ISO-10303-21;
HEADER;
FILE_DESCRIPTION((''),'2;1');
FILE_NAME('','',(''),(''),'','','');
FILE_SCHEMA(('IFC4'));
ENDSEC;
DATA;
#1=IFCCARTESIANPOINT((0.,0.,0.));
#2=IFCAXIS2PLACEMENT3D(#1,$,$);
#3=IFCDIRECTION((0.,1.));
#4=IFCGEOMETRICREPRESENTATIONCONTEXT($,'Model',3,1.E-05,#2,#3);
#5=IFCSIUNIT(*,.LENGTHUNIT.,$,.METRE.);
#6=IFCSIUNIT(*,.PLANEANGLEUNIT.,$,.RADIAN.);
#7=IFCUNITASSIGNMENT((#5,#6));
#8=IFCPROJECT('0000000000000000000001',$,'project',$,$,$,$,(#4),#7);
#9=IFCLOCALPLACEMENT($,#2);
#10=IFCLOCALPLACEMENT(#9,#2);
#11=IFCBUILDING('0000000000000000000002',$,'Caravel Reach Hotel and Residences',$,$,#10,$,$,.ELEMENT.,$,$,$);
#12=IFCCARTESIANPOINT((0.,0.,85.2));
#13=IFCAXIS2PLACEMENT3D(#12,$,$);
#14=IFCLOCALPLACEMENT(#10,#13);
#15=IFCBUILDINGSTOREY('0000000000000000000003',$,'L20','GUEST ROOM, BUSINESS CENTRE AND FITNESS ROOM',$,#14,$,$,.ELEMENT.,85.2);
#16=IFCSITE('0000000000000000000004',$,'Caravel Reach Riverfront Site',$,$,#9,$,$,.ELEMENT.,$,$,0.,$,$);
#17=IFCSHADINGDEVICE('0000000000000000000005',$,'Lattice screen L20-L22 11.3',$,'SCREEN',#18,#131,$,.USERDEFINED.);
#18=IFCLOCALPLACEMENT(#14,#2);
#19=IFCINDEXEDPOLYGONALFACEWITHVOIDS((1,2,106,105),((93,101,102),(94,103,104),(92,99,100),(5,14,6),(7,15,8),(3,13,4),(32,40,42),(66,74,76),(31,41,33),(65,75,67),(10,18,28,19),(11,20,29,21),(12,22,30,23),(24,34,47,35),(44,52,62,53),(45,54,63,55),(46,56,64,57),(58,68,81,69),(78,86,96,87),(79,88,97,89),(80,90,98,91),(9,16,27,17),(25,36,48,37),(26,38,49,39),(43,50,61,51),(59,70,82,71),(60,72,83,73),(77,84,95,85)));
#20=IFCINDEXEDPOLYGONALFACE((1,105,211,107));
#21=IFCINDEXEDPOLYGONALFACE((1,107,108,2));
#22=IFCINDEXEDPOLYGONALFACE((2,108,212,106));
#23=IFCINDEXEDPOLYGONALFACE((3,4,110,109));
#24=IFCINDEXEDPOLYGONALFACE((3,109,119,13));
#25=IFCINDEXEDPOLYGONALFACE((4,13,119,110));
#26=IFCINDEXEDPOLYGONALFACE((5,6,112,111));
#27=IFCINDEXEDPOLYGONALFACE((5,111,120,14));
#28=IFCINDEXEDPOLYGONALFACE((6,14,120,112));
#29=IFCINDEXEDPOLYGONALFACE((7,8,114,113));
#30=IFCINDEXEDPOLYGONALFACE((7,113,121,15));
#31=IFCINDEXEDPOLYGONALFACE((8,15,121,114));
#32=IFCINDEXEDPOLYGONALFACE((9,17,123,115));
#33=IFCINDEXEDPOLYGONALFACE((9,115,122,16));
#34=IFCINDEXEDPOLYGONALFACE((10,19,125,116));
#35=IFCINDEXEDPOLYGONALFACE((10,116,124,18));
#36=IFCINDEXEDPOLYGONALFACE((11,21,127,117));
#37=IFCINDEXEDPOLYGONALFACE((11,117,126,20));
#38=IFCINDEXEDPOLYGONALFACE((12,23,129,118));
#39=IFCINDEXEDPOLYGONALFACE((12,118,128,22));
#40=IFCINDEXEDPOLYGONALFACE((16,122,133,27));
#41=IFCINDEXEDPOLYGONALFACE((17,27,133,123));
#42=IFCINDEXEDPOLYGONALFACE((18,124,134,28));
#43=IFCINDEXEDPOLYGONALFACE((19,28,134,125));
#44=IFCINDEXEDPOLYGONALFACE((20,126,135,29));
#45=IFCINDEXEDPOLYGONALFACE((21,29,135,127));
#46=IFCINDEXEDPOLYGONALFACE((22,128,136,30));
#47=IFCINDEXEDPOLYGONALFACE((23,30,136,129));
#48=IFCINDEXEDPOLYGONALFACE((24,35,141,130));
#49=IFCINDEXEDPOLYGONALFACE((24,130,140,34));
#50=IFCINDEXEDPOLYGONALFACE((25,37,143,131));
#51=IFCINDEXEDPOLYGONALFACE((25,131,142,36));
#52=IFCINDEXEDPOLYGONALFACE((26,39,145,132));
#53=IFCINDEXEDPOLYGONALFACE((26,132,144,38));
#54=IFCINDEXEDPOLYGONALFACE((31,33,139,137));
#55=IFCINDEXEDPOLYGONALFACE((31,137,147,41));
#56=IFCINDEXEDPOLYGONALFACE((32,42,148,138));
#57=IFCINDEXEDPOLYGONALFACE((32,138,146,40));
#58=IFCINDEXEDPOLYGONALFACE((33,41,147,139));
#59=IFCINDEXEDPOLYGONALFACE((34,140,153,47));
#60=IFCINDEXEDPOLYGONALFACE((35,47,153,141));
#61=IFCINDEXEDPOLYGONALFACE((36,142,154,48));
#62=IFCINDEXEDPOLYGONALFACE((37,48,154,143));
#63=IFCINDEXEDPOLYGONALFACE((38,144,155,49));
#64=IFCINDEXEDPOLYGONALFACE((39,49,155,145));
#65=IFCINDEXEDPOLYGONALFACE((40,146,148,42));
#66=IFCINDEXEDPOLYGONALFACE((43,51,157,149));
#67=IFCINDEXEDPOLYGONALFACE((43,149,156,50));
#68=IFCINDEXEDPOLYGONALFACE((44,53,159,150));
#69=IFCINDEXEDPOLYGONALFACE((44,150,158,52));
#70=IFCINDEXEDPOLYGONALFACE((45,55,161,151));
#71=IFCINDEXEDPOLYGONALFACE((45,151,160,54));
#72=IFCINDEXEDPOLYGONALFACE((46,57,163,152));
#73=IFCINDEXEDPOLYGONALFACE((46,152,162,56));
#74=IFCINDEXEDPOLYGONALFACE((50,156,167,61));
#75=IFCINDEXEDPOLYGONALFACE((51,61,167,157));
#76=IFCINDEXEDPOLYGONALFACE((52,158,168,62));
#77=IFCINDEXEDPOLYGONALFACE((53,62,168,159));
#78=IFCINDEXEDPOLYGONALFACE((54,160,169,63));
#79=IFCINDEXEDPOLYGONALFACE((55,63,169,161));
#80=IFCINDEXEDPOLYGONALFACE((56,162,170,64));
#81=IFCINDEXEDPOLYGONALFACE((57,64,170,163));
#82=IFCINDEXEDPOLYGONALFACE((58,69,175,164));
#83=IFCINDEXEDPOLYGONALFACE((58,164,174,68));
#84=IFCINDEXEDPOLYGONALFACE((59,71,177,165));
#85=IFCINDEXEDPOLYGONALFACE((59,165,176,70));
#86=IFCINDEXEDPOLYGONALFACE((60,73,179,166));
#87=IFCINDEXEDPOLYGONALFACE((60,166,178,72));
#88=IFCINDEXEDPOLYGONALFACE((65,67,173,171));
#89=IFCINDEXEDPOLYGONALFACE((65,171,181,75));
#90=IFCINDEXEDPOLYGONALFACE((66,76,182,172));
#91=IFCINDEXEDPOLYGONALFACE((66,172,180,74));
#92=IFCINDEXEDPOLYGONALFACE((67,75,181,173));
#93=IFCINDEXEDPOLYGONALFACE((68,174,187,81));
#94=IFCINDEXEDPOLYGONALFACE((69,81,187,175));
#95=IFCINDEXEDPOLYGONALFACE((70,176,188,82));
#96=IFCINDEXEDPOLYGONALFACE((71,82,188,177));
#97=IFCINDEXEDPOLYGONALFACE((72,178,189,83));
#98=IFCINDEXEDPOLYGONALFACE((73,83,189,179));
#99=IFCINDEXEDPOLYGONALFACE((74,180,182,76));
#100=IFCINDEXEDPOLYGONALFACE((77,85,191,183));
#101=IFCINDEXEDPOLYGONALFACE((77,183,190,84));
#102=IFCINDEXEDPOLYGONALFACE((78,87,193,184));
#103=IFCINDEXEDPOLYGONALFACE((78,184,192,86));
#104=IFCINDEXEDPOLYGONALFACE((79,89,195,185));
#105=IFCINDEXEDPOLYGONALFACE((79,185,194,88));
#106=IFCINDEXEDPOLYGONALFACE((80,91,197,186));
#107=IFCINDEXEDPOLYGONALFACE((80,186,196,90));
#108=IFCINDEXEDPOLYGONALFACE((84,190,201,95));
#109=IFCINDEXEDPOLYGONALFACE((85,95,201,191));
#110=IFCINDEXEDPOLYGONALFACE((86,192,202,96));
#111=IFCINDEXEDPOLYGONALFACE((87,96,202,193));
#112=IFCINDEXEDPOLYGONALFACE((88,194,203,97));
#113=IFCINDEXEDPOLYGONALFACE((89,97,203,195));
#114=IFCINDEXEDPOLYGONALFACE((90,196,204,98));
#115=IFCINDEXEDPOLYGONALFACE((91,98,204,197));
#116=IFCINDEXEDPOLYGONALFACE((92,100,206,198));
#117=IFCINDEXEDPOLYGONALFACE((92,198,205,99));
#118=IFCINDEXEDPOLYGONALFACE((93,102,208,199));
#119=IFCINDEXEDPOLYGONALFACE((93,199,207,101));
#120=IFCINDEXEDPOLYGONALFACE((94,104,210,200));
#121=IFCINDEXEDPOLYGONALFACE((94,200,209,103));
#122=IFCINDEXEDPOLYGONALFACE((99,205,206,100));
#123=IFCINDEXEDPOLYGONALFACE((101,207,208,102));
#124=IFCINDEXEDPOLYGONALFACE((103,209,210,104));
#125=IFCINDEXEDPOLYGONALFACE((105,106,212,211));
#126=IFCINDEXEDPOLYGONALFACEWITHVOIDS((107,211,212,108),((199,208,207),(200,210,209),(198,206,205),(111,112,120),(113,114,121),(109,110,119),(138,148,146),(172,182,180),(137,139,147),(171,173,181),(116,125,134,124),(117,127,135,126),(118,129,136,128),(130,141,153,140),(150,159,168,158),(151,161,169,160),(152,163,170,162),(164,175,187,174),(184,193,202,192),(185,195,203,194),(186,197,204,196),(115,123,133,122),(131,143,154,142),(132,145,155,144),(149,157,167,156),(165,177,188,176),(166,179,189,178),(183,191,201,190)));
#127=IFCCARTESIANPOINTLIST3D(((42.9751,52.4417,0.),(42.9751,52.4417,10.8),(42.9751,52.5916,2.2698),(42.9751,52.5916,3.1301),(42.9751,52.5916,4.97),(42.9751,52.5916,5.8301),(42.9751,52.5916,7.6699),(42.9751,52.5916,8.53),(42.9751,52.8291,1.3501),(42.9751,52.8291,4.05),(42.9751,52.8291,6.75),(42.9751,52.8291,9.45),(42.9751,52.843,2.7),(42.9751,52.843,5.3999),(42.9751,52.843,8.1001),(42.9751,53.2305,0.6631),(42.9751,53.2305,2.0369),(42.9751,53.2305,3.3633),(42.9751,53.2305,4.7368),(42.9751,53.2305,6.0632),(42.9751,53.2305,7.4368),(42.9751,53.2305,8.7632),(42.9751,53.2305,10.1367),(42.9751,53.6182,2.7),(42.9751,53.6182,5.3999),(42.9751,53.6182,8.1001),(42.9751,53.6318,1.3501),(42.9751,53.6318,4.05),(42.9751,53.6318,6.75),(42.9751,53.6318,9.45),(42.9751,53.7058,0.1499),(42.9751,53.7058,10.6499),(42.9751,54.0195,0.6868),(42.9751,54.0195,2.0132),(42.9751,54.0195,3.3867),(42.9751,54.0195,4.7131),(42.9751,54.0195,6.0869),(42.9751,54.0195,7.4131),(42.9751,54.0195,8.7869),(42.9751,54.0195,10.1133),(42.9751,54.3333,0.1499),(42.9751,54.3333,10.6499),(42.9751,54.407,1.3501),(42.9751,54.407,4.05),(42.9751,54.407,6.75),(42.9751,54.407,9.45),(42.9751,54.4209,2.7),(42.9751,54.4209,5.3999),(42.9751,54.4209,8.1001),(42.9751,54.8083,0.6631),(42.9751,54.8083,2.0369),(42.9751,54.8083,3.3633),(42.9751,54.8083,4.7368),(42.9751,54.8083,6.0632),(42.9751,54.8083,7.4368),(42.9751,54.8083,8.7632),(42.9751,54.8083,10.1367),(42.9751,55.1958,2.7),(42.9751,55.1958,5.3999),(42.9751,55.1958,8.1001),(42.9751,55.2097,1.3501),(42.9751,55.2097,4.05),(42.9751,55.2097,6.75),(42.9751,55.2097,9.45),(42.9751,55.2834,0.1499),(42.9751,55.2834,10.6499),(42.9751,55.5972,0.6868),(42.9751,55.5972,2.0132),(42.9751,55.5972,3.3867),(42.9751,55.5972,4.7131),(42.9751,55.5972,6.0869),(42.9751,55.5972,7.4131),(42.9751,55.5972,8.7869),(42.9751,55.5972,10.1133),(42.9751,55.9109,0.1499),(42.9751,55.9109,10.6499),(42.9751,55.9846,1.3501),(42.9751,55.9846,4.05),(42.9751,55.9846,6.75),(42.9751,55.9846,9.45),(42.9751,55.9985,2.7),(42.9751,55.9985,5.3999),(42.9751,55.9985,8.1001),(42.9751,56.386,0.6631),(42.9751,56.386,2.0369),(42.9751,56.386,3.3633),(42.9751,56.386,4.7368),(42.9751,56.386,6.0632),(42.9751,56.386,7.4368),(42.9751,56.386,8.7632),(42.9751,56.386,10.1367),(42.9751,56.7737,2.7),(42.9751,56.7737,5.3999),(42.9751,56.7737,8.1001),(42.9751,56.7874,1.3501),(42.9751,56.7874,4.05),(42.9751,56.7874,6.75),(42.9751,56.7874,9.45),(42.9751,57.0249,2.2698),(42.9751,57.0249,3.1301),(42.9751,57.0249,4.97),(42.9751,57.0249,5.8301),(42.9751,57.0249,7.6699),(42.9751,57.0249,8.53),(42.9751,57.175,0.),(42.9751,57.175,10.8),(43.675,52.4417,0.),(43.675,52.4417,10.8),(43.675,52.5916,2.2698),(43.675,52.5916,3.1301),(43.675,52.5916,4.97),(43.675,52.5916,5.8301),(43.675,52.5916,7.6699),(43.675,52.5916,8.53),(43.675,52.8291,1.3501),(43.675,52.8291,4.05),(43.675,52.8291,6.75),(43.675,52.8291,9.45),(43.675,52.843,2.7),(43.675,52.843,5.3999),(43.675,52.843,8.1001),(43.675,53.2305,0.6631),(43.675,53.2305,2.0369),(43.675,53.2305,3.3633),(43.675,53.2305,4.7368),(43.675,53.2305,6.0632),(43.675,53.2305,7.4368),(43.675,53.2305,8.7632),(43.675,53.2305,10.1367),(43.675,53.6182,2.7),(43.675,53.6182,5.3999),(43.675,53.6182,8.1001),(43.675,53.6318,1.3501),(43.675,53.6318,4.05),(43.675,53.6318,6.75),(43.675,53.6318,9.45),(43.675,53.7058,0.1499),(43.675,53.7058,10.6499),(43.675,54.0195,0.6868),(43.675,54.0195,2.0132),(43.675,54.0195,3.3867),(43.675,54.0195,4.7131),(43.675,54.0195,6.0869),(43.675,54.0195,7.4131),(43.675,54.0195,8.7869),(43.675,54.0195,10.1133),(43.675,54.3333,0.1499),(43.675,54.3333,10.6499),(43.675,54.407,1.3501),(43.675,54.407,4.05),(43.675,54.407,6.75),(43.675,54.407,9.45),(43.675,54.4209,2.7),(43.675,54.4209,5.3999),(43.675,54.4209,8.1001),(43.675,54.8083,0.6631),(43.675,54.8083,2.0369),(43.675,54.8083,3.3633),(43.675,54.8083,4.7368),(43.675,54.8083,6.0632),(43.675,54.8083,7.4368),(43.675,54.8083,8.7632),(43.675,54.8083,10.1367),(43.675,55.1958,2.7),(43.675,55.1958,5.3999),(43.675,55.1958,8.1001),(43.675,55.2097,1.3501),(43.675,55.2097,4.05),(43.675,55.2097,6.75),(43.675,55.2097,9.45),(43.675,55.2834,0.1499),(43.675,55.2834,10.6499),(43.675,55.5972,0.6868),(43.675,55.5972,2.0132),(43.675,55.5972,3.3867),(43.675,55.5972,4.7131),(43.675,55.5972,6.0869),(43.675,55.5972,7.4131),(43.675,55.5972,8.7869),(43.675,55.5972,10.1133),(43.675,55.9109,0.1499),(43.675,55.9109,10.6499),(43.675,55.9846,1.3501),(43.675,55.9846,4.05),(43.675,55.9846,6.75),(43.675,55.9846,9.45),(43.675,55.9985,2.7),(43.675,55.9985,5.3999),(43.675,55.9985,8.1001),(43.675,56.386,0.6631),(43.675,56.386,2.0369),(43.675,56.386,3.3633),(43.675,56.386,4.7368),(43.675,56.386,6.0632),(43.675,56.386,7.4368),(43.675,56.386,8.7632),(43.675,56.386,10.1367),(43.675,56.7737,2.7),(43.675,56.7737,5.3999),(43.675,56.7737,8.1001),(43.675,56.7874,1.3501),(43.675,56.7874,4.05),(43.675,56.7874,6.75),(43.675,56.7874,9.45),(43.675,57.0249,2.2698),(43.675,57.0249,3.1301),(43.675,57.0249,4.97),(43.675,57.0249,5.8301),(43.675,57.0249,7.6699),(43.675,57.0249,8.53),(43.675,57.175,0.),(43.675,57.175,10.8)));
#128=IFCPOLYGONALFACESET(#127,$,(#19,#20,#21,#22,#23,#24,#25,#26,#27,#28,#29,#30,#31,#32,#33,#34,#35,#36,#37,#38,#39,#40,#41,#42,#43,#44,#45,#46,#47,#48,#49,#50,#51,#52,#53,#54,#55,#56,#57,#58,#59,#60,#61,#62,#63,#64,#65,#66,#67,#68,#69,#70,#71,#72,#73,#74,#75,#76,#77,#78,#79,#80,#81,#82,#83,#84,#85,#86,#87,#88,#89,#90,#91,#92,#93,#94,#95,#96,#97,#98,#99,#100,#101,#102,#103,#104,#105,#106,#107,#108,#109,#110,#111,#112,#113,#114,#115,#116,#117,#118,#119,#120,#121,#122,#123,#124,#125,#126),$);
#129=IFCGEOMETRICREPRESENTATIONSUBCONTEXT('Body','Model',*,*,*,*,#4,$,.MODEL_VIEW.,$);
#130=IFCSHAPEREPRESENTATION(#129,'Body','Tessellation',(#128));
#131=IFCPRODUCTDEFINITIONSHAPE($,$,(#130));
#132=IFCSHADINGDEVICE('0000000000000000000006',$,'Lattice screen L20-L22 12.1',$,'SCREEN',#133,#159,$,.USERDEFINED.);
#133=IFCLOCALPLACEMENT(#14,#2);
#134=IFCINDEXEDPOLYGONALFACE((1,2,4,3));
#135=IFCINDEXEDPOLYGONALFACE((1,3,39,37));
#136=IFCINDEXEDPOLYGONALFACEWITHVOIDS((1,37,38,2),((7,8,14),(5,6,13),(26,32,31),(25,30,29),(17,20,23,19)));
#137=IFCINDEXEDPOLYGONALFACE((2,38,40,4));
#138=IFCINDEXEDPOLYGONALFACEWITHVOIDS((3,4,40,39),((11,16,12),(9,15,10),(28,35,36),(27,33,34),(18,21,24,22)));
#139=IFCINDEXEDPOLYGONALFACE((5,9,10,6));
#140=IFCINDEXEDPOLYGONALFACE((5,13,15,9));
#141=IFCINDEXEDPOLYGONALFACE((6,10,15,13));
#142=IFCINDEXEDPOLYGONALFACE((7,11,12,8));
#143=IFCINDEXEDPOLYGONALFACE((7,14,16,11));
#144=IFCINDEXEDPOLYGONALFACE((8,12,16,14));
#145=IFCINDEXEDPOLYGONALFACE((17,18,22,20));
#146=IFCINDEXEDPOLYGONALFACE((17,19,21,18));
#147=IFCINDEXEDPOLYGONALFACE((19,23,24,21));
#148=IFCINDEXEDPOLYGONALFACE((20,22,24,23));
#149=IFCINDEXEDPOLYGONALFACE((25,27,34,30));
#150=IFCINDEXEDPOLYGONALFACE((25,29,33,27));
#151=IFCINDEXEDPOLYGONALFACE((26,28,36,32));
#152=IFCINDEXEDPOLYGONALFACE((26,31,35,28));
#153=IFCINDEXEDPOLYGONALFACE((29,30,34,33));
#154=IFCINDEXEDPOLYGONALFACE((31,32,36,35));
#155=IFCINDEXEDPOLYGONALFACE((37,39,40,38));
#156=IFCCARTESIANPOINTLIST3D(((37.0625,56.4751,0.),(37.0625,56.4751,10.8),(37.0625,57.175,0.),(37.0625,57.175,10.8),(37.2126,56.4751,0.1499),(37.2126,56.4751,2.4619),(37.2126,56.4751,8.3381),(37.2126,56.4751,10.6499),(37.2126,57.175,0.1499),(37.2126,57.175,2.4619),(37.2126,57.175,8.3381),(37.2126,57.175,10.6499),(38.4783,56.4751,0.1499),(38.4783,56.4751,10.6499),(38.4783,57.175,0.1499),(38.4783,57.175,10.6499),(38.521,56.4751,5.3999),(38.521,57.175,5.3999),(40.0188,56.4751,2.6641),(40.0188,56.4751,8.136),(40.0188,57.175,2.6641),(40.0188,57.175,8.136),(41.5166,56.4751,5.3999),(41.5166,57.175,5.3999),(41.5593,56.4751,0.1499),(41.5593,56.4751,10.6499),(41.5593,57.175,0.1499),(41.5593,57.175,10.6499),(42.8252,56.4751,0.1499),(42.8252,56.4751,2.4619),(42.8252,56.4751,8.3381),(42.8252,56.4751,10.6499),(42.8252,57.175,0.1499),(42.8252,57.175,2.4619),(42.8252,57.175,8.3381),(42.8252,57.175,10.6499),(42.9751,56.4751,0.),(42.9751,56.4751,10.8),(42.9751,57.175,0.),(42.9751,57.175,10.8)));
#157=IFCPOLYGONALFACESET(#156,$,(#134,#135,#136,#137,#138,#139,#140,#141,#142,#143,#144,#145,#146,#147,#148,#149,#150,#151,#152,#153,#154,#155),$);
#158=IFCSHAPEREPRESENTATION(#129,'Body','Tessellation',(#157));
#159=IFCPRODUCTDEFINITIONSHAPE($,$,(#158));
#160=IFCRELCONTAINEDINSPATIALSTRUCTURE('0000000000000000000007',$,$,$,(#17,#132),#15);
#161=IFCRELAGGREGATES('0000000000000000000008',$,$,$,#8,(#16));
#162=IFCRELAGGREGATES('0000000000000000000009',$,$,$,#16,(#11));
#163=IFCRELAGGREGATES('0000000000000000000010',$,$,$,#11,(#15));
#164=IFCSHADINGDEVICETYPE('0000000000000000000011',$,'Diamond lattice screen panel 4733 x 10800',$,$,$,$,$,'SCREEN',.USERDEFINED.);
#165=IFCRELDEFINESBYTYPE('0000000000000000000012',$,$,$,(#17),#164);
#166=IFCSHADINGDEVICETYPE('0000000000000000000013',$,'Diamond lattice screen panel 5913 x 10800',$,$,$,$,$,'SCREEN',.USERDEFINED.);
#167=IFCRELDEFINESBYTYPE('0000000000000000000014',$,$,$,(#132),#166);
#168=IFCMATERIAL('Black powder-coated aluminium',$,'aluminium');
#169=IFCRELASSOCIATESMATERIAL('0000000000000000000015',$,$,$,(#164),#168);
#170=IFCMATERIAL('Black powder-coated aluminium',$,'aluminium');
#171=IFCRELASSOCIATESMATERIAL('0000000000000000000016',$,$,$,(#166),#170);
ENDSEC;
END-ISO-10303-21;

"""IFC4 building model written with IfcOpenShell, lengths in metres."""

from ifc_helpers import new_model, si_unit, direction, frame, origin, place, context, subcontext, project, spatial, polyline, outline, extrude, material, type_object, element, save


model = new_model("IFC4")

# Units and contexts
model_context = context("Model", 3, precision=1e-05, world=origin(), true_north=direction((0.0, 1.0)))
body_context = subcontext(model_context, "Body", "Model", "MODEL_VIEW")
ifc_project = project(units=[si_unit("LENGTHUNIT", "METRE"), si_unit("PLANEANGLEUNIT", "RADIAN")], contexts=[model_context])

# Site, building, storey
site_placement = place(None, origin())
site = spatial("IfcSite", under=ifc_project, at=site_placement, Name="Caravel Reach Riverfront Site", CompositionType="ELEMENT", RefElevation=0.0)
building_placement = place(site_placement, origin())
building = spatial("IfcBuilding", under=site, at=building_placement, Name="Caravel Reach Hotel and Residences", CompositionType="ELEMENT")
storey_placement = place(building_placement, frame((0.0, 0.0, 85.2)))
storey = spatial("IfcBuildingStorey", under=building, at=storey_placement, Name="L20", Description="GUEST ROOM, BUSINESS CENTRE AND FITNESS ROOM", CompositionType="ELEMENT", Elevation=85.2)

# Shading devices
ifc_material_1 = material(Name="Black powder-coated aluminium", Category="aluminium")
shading_device_type_1 = type_object("IfcShadingDeviceType", Name="Diamond lattice screen panel 4733 x 10800", ElementType="SCREEN", PredefinedType="USERDEFINED", material=ifc_material_1)
shading_device_placement = place(storey_placement, frame((42.9751, 52.4417, 0.0), z_axis=(1.0, 0.0, 0.0), x_axis=(0.0, 1.0, 0.0)))
element("IfcShadingDevice", 1, at=shading_device_placement, inside=storey, type_object=shading_device_type_1, Name="Lattice screen L20-L22 11.3", ObjectType="SCREEN", PredefinedType="USERDEFINED", context=body_context, shape_type="SweptSolid", body=[
    extrude(outline(polyline([(0.0, 0.0), (4.7334, 0.0), (4.7334, 10.8), (0.0, 10.8), (0.0, 0.0)]), holes=[polyline([(0.4014, 2.7), (0.1499, 3.1301), (0.1499, 2.2698), (0.4014, 2.7)]), polyline([(0.4014, 5.3999), (0.1499, 5.8301), (0.1499, 4.97), (0.4014, 5.3999)]), polyline([(0.4014, 8.1001), (0.1499, 8.53), (0.1499, 7.6699), (0.4014, 8.1001)]), polyline([(0.7888, 2.0369), (0.3875, 1.3501), (0.7888, 0.6631), (1.1902, 1.3501), (0.7888, 2.0369)]), polyline([(0.7888, 4.7368), (0.3875, 4.05), (0.7888, 3.3633), (1.1902, 4.05), (0.7888, 4.7368)]), polyline([(0.7888, 7.4368), (0.3875, 6.75), (0.7888, 6.0632), (1.1902, 6.75), (0.7888, 7.4368)]), polyline([(0.7888, 10.1367), (0.3875, 9.45), (0.7888, 8.7632), (1.1902, 9.45), (0.7888, 10.1367)]), polyline([(1.5779, 0.6868), (1.2642, 0.1499), (1.8916, 0.1499), (1.5779, 0.6868)]), polyline([(1.5779, 3.3867), (1.1765, 2.7), (1.5779, 2.0132), (1.9792, 2.7), (1.5779, 3.3867)]), polyline([(1.5779, 6.0869), (1.1765, 5.3999), (1.5779, 4.7131), (1.9792, 5.3999), (1.5779, 6.0869)]), polyline([(1.5779, 8.7869), (1.1765, 8.1001), (1.5779, 7.4131), (1.9792, 8.1001), (1.5779, 8.7869)]), polyline([(1.5779, 10.1133), (1.8916, 10.6499), (1.2642, 10.6499), (1.5779, 10.1133)]), polyline([(2.3667, 2.0369), (1.9653, 1.3501), (2.3667, 0.6631), (2.7681, 1.3501), (2.3667, 2.0369)]), polyline([(2.3667, 4.7368), (1.9653, 4.05), (2.3667, 3.3633), (2.7681, 4.05), (2.3667, 4.7368)]), polyline([(2.3667, 7.4368), (1.9653, 6.75), (2.3667, 6.0632), (2.7681, 6.75), (2.3667, 7.4368)]), polyline([(2.3667, 10.1367), (1.9653, 9.45), (2.3667, 8.7632), (2.7681, 9.45), (2.3667, 10.1367)]), polyline([(3.1555, 0.6868), (2.8418, 0.1499), (3.4692, 0.1499), (3.1555, 0.6868)]), polyline([(3.1555, 3.3867), (2.7542, 2.7), (3.1555, 2.0132), (3.5569, 2.7), (3.1555, 3.3867)]), polyline([(3.1555, 6.0869), (2.7542, 5.3999), (3.1555, 4.7131), (3.5569, 5.3999), (3.1555, 6.0869)]), polyline([(3.1555, 8.7869), (2.7542, 8.1001), (3.1555, 7.4131), (3.5569, 8.1001), (3.1555, 8.7869)]), polyline([(3.1555, 10.1133), (3.4692, 10.6499), (2.8418, 10.6499), (3.1555, 10.1133)]), polyline([(3.9443, 2.0369), (3.543, 1.3501), (3.9443, 0.6631), (4.3457, 1.3501), (3.9443, 2.0369)]), polyline([(3.9443, 4.7368), (3.543, 4.05), (3.9443, 3.3633), (4.3457, 4.05), (3.9443, 4.7368)]), polyline([(3.9443, 7.4368), (3.543, 6.75), (3.9443, 6.0632), (4.3457, 6.75), (3.9443, 7.4368)]), polyline([(3.9443, 10.1367), (3.543, 9.45), (3.9443, 8.7632), (4.3457, 9.45), (3.9443, 10.1367)]), polyline([(4.332, 2.7), (4.5833, 2.2698), (4.5833, 3.1301), (4.332, 2.7)]), polyline([(4.332, 5.3999), (4.5833, 4.97), (4.5833, 5.8301), (4.332, 5.3999)]), polyline([(4.332, 8.1001), (4.5833, 7.6699), (4.5833, 8.53), (4.332, 8.1001)])]), origin(), (0.0, 0.0, 1.0), 0.7),
])
ifc_material_2 = material(Name="Black powder-coated aluminium", Category="aluminium")
shading_device_type_2 = type_object("IfcShadingDeviceType", Name="Diamond lattice screen panel 5913 x 10800", ElementType="SCREEN", PredefinedType="USERDEFINED", material=ifc_material_2)
for number, where, z_axis, x_axis, name in (
    (2, (42.9751, 56.4751, 0.0), (0.0, 1.0, 0.0), (-1.0, 0.0, 0.0), "Lattice screen L20-L22 12.1"),
):
    element("IfcShadingDevice", number, at=place(storey_placement, frame(where, z_axis=z_axis, x_axis=x_axis)), inside=storey, type_object=shading_device_type_2, Name=name, ObjectType="SCREEN", PredefinedType="USERDEFINED", context=body_context, shape_type="SweptSolid", body=[
        extrude(outline(polyline([(0.0, 0.0), (5.9126, 0.0), (5.9126, 10.8), (0.0, 10.8), (0.0, 0.0)]), holes=[polyline([(1.4158, 0.1499), (0.1499, 2.4619), (0.1499, 0.1499), (1.4158, 0.1499)]), polyline([(0.1499, 8.3381), (1.4158, 10.6499), (0.1499, 10.6499), (0.1499, 8.3381)]), polyline([(2.9563, 8.136), (1.4585, 5.3999), (2.9563, 2.6641), (4.4541, 5.3999), (2.9563, 8.136)]), polyline([(5.7625, 2.4619), (4.4968, 0.1499), (5.7625, 0.1499), (5.7625, 2.4619)]), polyline([(4.4968, 10.6499), (5.7625, 8.3381), (5.7625, 10.6499), (4.4968, 10.6499)])]), origin(), (0.0, 0.0, 1.0), 0.7),
    ])

save(model, "model.ifc")
